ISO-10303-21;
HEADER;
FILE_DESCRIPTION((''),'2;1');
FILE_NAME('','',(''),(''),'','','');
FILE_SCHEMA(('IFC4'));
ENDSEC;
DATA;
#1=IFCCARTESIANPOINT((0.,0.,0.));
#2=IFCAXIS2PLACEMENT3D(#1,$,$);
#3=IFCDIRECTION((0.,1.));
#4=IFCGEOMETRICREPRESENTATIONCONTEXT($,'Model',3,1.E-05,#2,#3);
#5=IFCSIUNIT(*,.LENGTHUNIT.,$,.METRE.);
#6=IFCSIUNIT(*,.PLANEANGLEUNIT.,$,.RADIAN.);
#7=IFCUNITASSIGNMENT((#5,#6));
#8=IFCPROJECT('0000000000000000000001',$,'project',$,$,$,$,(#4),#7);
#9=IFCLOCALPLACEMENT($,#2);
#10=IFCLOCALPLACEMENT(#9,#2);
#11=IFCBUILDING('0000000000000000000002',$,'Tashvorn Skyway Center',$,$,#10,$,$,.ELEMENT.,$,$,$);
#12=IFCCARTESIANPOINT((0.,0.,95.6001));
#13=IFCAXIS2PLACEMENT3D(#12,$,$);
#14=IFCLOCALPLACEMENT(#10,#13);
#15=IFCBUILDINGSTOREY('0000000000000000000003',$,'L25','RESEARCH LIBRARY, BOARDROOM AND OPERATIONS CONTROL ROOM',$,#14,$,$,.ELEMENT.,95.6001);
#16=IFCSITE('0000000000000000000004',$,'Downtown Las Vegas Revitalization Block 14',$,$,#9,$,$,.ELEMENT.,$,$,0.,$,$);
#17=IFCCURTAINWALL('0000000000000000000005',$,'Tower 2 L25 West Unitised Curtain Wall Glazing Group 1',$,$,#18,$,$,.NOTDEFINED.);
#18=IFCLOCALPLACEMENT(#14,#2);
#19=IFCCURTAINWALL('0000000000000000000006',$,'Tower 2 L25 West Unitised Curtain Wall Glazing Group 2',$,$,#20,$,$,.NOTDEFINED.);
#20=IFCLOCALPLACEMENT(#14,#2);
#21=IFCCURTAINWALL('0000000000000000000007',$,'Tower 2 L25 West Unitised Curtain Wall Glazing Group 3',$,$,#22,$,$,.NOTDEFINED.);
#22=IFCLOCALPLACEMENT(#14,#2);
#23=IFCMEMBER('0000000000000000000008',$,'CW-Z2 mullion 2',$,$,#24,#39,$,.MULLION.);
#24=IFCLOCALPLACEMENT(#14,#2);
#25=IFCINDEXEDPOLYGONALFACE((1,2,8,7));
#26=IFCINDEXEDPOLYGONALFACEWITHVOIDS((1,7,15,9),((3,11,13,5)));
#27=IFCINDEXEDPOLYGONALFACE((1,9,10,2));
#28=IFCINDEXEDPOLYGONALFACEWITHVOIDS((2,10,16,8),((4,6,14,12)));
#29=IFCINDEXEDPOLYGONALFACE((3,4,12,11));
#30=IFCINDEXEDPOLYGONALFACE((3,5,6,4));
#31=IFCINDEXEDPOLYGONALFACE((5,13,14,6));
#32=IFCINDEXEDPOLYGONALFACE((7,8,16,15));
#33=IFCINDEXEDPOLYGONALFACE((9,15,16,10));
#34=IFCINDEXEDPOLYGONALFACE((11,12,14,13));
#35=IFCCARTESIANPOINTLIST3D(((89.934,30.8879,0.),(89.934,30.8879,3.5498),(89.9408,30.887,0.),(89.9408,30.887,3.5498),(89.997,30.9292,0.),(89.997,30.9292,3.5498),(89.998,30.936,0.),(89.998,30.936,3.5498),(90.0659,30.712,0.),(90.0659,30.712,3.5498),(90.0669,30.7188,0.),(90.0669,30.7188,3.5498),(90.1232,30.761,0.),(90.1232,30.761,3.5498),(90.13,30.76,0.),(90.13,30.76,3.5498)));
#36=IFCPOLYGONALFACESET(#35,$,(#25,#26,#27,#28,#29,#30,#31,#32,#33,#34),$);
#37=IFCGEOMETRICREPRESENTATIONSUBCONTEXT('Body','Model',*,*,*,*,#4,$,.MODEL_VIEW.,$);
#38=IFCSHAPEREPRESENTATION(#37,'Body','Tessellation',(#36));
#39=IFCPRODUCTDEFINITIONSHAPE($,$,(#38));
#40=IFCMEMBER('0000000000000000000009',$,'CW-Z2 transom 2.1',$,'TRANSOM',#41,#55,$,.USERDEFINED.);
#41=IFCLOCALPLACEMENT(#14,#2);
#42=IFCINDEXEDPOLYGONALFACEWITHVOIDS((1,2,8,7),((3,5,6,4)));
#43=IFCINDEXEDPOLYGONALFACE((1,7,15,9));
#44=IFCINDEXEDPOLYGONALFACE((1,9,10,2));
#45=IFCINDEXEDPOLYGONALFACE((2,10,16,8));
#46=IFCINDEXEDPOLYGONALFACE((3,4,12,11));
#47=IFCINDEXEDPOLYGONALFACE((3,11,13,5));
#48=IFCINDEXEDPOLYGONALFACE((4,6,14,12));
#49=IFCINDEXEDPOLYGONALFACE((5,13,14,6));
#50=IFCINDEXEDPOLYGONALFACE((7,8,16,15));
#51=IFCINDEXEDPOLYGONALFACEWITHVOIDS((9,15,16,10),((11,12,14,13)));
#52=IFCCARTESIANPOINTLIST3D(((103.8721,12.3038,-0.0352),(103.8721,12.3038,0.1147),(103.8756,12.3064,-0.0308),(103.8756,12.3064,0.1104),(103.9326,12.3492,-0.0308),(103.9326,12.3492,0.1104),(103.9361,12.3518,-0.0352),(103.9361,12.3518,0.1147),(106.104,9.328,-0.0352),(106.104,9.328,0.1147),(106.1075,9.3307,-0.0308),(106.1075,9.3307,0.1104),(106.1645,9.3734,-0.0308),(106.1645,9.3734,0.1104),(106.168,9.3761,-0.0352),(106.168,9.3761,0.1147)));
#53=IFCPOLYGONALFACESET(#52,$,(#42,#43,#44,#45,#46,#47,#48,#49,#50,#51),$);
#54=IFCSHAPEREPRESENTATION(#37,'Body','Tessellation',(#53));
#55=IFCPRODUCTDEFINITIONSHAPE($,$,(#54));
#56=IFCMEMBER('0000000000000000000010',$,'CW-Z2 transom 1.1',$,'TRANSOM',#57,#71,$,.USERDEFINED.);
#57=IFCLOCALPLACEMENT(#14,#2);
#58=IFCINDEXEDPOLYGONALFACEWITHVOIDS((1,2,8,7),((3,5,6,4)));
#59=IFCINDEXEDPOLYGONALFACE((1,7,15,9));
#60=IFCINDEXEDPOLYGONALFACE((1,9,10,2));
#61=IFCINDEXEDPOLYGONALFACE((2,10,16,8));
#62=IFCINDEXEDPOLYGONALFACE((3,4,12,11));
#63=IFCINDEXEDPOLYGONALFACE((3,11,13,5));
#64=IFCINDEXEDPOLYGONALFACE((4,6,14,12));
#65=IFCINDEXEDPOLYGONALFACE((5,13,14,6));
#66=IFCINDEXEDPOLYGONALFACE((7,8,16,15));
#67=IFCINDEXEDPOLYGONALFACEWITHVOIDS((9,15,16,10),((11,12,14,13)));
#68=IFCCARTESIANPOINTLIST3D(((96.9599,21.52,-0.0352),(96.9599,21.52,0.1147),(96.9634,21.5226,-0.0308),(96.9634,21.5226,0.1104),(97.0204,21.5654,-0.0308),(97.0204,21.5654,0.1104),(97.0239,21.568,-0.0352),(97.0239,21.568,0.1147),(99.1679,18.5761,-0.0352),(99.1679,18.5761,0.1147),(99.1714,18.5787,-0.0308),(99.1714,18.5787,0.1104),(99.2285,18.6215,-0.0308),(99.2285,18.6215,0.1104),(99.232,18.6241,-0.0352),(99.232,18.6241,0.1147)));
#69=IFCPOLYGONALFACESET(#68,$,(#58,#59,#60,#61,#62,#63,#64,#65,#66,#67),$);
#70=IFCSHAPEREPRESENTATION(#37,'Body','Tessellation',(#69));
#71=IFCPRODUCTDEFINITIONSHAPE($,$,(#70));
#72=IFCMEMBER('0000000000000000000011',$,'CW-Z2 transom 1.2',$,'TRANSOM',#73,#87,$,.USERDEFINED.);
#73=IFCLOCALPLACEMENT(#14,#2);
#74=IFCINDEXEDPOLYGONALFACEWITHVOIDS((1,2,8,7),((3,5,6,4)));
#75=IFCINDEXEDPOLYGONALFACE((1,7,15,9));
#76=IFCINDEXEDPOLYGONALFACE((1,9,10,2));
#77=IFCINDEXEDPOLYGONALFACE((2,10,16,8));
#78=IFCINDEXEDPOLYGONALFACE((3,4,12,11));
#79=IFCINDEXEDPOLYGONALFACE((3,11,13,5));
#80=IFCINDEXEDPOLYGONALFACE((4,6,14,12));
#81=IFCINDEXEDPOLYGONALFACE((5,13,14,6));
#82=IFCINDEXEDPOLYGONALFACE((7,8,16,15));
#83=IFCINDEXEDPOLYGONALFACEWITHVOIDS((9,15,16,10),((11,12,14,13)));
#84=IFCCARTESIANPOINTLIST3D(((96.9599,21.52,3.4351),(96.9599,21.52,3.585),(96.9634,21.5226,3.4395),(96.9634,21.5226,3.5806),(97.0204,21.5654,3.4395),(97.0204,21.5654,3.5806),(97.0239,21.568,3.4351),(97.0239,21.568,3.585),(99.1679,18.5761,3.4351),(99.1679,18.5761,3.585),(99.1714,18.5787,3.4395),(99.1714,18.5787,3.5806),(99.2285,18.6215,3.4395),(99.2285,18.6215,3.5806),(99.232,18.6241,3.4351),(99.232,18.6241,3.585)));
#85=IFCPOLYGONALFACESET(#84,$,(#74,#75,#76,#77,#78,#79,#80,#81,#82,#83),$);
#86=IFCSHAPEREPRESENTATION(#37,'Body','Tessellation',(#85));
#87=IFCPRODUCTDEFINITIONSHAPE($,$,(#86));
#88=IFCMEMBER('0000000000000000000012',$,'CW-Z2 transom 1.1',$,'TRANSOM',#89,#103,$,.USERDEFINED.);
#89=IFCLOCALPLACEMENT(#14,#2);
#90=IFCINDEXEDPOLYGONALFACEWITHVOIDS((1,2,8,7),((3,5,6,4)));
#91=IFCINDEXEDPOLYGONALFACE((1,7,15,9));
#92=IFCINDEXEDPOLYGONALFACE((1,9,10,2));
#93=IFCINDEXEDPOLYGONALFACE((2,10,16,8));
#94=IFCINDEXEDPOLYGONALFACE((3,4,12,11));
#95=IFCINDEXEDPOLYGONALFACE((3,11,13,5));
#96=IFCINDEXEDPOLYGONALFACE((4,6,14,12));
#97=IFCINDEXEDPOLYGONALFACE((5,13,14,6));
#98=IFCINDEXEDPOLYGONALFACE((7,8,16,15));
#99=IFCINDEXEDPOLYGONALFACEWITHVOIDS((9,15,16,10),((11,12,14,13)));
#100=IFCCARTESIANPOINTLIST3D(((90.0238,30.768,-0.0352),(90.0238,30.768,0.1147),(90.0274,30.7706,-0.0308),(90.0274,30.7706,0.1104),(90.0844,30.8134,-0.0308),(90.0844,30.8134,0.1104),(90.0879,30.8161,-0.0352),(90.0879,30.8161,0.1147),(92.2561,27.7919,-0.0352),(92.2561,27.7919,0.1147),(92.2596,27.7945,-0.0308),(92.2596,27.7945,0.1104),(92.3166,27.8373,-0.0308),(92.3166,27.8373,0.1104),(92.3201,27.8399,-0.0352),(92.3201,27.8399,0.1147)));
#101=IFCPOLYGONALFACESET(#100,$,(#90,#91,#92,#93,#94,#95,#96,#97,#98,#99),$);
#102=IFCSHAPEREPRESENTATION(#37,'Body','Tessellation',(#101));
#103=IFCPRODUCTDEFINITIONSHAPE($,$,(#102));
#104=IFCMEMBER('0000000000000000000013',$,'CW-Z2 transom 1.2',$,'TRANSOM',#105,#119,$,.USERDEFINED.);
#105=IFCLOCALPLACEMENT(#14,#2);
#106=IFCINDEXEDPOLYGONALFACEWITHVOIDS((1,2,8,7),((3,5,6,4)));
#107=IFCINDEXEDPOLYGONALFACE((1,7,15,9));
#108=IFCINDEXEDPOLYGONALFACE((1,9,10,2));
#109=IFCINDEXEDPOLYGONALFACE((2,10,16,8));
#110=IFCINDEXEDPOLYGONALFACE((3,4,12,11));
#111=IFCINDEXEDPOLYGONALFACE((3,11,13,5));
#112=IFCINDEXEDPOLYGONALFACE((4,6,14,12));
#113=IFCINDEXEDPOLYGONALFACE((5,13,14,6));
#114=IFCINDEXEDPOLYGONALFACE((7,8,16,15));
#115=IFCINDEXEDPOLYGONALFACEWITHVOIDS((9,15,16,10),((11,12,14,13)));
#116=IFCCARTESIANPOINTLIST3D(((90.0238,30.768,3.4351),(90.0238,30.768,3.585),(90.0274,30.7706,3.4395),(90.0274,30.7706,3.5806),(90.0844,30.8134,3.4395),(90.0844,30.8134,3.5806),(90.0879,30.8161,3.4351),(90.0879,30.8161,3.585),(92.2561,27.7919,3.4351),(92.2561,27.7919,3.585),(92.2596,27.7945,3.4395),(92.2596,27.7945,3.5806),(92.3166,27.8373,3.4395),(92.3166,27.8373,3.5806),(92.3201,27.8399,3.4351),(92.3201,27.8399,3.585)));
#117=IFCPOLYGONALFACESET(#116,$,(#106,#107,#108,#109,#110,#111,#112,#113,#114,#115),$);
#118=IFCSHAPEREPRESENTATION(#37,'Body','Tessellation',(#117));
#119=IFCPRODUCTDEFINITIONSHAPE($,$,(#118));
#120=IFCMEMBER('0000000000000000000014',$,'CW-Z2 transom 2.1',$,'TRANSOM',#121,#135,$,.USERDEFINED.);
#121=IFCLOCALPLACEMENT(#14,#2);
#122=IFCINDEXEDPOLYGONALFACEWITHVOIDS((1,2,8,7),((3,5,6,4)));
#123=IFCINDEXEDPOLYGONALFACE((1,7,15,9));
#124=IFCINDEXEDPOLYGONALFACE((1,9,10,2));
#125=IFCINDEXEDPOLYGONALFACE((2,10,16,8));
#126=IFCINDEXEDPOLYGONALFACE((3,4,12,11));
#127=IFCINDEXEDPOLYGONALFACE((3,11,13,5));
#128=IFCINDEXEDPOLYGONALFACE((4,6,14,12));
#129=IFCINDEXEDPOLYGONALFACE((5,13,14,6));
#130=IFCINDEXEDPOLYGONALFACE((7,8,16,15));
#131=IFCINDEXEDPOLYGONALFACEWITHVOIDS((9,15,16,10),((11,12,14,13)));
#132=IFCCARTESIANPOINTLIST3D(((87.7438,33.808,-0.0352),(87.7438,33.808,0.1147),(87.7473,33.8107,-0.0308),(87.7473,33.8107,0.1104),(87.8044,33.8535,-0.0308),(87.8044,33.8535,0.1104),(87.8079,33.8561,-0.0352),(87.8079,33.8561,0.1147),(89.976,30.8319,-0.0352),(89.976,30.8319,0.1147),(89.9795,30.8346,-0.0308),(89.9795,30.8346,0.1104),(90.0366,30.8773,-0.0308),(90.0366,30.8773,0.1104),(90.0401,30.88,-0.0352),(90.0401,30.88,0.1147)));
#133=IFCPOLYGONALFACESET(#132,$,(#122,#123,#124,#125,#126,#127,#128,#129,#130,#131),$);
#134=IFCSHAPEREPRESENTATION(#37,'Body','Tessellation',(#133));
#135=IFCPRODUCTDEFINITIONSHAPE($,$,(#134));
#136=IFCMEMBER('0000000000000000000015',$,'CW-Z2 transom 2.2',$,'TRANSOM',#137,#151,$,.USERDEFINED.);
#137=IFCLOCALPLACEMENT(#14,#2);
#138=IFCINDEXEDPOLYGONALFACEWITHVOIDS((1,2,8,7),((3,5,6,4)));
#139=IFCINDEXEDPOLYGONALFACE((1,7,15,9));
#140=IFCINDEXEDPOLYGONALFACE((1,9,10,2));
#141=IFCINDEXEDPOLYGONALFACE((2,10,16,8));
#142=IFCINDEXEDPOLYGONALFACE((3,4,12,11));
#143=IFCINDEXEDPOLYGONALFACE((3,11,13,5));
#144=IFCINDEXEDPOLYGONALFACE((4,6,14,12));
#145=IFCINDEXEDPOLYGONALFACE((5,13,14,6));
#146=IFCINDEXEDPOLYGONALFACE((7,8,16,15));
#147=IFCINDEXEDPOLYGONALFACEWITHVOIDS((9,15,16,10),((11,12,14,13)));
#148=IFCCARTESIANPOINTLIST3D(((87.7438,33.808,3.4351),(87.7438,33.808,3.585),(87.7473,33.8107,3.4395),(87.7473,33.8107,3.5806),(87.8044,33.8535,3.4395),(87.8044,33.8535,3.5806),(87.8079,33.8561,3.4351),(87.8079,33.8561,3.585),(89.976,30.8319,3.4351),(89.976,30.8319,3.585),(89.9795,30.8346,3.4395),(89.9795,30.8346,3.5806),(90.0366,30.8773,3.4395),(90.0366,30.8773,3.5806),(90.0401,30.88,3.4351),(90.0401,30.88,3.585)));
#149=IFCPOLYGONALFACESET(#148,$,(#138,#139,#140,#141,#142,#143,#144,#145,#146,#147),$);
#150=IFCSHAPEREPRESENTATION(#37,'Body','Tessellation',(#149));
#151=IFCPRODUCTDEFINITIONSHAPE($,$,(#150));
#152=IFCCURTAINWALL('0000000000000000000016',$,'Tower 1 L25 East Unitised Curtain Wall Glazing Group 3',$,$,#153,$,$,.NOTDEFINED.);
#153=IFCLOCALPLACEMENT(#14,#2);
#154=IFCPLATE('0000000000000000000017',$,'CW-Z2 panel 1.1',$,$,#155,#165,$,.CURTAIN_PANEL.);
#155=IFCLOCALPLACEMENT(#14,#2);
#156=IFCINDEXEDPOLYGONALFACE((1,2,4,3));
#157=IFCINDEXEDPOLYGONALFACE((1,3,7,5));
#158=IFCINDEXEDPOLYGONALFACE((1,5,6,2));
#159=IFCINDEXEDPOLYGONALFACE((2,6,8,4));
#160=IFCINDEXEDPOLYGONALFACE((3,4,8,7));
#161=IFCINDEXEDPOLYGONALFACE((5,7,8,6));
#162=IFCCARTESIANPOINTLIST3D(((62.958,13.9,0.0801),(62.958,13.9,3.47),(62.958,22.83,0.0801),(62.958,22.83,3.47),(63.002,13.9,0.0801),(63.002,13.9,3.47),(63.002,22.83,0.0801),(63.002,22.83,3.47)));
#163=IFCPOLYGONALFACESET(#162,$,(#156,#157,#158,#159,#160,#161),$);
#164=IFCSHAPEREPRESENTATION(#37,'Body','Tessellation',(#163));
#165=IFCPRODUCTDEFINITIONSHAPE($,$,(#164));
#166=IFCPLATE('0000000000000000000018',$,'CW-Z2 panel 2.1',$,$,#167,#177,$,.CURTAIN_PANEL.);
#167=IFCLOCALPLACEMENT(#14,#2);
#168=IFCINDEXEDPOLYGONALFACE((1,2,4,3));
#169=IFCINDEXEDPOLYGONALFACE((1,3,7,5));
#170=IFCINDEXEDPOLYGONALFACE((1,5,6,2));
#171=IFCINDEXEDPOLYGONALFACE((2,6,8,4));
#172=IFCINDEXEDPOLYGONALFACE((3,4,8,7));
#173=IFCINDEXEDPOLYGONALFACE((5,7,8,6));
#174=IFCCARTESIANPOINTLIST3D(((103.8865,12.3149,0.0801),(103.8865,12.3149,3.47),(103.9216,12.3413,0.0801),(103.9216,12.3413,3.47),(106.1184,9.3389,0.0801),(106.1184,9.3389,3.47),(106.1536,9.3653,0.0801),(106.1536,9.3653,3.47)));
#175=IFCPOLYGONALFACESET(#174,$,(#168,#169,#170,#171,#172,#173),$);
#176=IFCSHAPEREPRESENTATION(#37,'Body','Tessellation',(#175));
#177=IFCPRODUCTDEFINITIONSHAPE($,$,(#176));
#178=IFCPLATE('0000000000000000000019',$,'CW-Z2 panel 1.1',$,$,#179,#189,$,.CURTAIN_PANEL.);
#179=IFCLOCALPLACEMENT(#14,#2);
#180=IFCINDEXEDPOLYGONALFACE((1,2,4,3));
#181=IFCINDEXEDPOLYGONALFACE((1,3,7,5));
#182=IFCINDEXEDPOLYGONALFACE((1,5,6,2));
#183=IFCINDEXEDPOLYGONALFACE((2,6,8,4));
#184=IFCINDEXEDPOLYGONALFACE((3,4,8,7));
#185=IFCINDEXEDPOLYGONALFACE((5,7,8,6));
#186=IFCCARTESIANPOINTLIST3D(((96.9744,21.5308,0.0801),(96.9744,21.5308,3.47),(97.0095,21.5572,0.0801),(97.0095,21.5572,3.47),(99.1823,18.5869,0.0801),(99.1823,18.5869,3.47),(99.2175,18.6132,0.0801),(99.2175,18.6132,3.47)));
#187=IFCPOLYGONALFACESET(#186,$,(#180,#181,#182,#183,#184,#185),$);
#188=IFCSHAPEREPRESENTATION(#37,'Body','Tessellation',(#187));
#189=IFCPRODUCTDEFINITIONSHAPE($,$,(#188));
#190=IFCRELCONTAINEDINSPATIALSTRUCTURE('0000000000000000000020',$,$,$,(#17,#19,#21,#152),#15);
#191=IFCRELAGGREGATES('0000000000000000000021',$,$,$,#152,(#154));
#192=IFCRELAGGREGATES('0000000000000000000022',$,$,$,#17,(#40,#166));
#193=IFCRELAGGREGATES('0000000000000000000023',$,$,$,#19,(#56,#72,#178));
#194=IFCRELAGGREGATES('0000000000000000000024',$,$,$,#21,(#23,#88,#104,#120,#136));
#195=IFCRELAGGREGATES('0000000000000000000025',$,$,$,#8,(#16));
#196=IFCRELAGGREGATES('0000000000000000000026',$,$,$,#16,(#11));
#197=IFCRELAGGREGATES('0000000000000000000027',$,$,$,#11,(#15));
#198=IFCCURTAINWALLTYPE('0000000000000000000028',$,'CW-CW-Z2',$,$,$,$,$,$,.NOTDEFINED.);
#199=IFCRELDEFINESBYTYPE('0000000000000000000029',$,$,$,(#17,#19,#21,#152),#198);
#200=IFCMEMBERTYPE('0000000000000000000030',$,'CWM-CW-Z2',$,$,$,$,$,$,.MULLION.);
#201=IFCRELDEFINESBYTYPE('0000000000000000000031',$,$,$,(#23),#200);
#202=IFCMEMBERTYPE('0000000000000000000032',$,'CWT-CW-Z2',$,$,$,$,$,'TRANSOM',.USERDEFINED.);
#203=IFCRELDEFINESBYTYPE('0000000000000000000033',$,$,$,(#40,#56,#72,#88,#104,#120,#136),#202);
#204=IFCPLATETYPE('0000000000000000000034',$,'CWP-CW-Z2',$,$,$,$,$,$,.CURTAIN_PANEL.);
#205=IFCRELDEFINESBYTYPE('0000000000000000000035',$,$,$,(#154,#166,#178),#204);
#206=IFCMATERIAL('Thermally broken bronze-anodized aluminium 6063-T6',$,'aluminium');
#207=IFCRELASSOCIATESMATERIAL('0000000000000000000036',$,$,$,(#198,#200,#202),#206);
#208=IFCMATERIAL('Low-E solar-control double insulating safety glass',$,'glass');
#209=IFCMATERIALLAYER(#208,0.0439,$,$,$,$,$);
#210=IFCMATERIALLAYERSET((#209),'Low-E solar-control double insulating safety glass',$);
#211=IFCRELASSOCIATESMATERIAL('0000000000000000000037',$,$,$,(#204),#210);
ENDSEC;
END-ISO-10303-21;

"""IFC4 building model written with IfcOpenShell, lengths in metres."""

from ifc_helpers import new_model, si_unit, direction, frame, origin, origin_2d, place, context, subcontext, project, spatial, rectangle, hollow_rectangle, extrude, material, layer, layer_set, material_profile, profile_set, type_object, element, aggregate, save


model = new_model("IFC4")

# Units and contexts
model_context = context("Model", 3, precision=1e-05, world=origin(), true_north=direction((0.0, 1.0)))
body_context = subcontext(model_context, "Body", "Model", "MODEL_VIEW")
ifc_project = project(units=[si_unit("LENGTHUNIT", "METRE"), si_unit("PLANEANGLEUNIT", "RADIAN")], contexts=[model_context])

# Site, building, storey
site_placement = place(None, origin())
site = spatial("IfcSite", under=ifc_project, at=site_placement, Name="Downtown Las Vegas Revitalization Block 14", CompositionType="ELEMENT", RefElevation=0.0)
building_placement = place(site_placement, origin())
building = spatial("IfcBuilding", under=site, at=building_placement, Name="Tashvorn Skyway Center", CompositionType="ELEMENT")
storey_placement = place(building_placement, frame((0.0, 0.0, 95.6001)))
storey = spatial("IfcBuildingStorey", under=building, at=storey_placement, Name="L25", Description="RESEARCH LIBRARY, BOARDROOM AND OPERATIONS CONTROL ROOM", CompositionType="ELEMENT", Elevation=95.6001)

# Curtain wall
ifc_material_1 = material(Name="Thermally broken bronze-anodized aluminium 6063-T6", Category="aluminium")
curtain_wall_type = type_object("IfcCurtainWallType", Name="CW-CW-Z2", PredefinedType="NOTDEFINED", material=ifc_material_1)
curtain_wall_1_placement = place(storey_placement, origin())
curtain_wall_1 = element("IfcCurtainWall", 1, at=curtain_wall_1_placement, inside=storey, type_object=curtain_wall_type, Name="Tower 2 L25 West Unitised Curtain Wall Glazing Group 1", PredefinedType="NOTDEFINED")
ifc_material_profile_1 = material_profile(ifc_material_1, hollow_rectangle(XDim=0.0801, YDim=0.22, WallThickness=0.0049, at=origin_2d()), Name="ALU-MULL-80x220")
ifc_profile_set_1 = profile_set([ifc_material_profile_1], Name="Thermally broken bronze-anodized aluminium 6063-T6")
member_type_1 = type_object("IfcMemberType", Name="CWM-CW-Z2", PredefinedType="MULLION", material=ifc_profile_set_1)

# Curtain walls, member
curtain_wall_2_placement = place(storey_placement, origin())
curtain_wall_2 = element("IfcCurtainWall", 2, at=curtain_wall_2_placement, inside=storey, type_object=curtain_wall_type, Name="Tower 2 L25 West Unitised Curtain Wall Glazing Group 2", PredefinedType="NOTDEFINED")
curtain_wall_3_placement = place(storey_placement, origin())
curtain_wall_3 = element("IfcCurtainWall", 3, at=curtain_wall_3_placement, inside=storey, type_object=curtain_wall_type, Name="Tower 2 L25 West Unitised Curtain Wall Glazing Group 3", PredefinedType="NOTDEFINED")
member_1_placement = place(storey_placement, frame((90.032, 30.824, 0.0), z_axis=(0.0, 0.0, 1.0), x_axis=(-0.8, -0.6, 0.0)))
member_1 = element("IfcMember", 4, at=member_1_placement, type_object=member_type_1, Name="CW-Z2 mullion 2", PredefinedType="MULLION", context=body_context, shape_type="SweptSolid", body=[
    extrude(hollow_rectangle(XDim=0.0801, YDim=0.22, WallThickness=0.0049, at=origin_2d()), origin(), (0.0, 0.0, 1.0), 3.5498),
])

# Members
ifc_material_profile_2 = material_profile(ifc_material_1, hollow_rectangle(XDim=0.0801, YDim=0.1499, WallThickness=0.0044, at=origin_2d()), Name="ALU-TRAN-80x150")
ifc_profile_set_2 = profile_set([ifc_material_profile_2], Name="Thermally broken bronze-anodized aluminium 6063-T6")
member_type_2 = type_object("IfcMemberType", Name="CWT-CW-Z2", ElementType="TRANSOM", PredefinedType="USERDEFINED", material=ifc_profile_set_2)
member_2_placement = place(storey_placement, frame((106.136, 9.3521, 0.0398), z_axis=(-0.600011, 0.799992, 0.0), x_axis=(-0.799992, -0.600011, 0.0)))
member_2 = element("IfcMember", 5, at=member_2_placement, type_object=member_type_2, Name="CW-Z2 transom 2.1", ObjectType="TRANSOM", PredefinedType="USERDEFINED", context=body_context, shape_type="SweptSolid", body=[
    extrude(hollow_rectangle(XDim=0.0801, YDim=0.1499, WallThickness=0.0044, at=origin_2d()), origin(), (0.0, 0.0, 1.0), 3.7197),
])
member_3_placement = place(storey_placement, frame((99.2, 18.6001, 0.0398), z_axis=(-0.600021, 0.799984, 0.0), x_axis=(-0.799984, -0.600021, 0.0)))
member_3 = element("IfcMember", 6, at=member_3_placement, type_object=member_type_2, Name="CW-Z2 transom 1.1", ObjectType="TRANSOM", PredefinedType="USERDEFINED", context=body_context, shape_type="SweptSolid", body=[
    extrude(hollow_rectangle(XDim=0.0801, YDim=0.1499, WallThickness=0.0044, at=origin_2d()), origin(), (0.0, 0.0, 1.0), 3.6799),
])
member_4_placement = place(storey_placement, frame((99.2, 18.6001, 3.51), z_axis=(-0.600021, 0.799984, 0.0), x_axis=(-0.799984, -0.600021, 0.0)))
member_4 = element("IfcMember", 7, at=member_4_placement, type_object=member_type_2, Name="CW-Z2 transom 1.2", ObjectType="TRANSOM", PredefinedType="USERDEFINED", context=body_context, shape_type="SweptSolid", body=[
    extrude(hollow_rectangle(XDim=0.0801, YDim=0.1499, WallThickness=0.0044, at=origin_2d()), origin(), (0.0, 0.0, 1.0), 3.6799),
])
member_5_placement = place(storey_placement, frame((92.2881, 27.8159, 0.0398), z_axis=(-0.600021, 0.799984, 0.0), x_axis=(-0.799984, -0.600021, 0.0)))
member_5 = element("IfcMember", 8, at=member_5_placement, type_object=member_type_2, Name="CW-Z2 transom 1.1", ObjectType="TRANSOM", PredefinedType="USERDEFINED", context=body_context, shape_type="SweptSolid", body=[
    extrude(hollow_rectangle(XDim=0.0801, YDim=0.1499, WallThickness=0.0044, at=origin_2d()), origin(), (0.0, 0.0, 1.0), 3.7202),
])
member_6_placement = place(storey_placement, frame((92.2881, 27.8159, 3.51), z_axis=(-0.600021, 0.799984, 0.0), x_axis=(-0.799984, -0.600021, 0.0)))
member_6 = element("IfcMember", 9, at=member_6_placement, type_object=member_type_2, Name="CW-Z2 transom 1.2", ObjectType="TRANSOM", PredefinedType="USERDEFINED", context=body_context, shape_type="SweptSolid", body=[
    extrude(hollow_rectangle(XDim=0.0801, YDim=0.1499, WallThickness=0.0044, at=origin_2d()), origin(), (0.0, 0.0, 1.0), 3.7202),
])
member_7_placement = place(storey_placement, frame((90.0081, 30.856, 0.0398), z_axis=(-0.600021, 0.799984, 0.0), x_axis=(-0.799984, -0.600021, 0.0)))
member_7 = element("IfcMember", 10, at=member_7_placement, type_object=member_type_2, Name="CW-Z2 transom 2.1", ObjectType="TRANSOM", PredefinedType="USERDEFINED", context=body_context, shape_type="SweptSolid", body=[
    extrude(hollow_rectangle(XDim=0.0801, YDim=0.1499, WallThickness=0.0044, at=origin_2d()), origin(), (0.0, 0.0, 1.0), 3.7202),
])
member_8_placement = place(storey_placement, frame((90.0081, 30.856, 3.51), z_axis=(-0.600021, 0.799984, 0.0), x_axis=(-0.799984, -0.600021, 0.0)))
member_8 = element("IfcMember", 11, at=member_8_placement, type_object=member_type_2, Name="CW-Z2 transom 2.2", ObjectType="TRANSOM", PredefinedType="USERDEFINED", context=body_context, shape_type="SweptSolid", body=[
    extrude(hollow_rectangle(XDim=0.0801, YDim=0.1499, WallThickness=0.0044, at=origin_2d()), origin(), (0.0, 0.0, 1.0), 3.7202),
])

# Curtain wall, plate
curtain_wall_4_placement = place(storey_placement, origin())
curtain_wall_4 = element("IfcCurtainWall", 12, at=curtain_wall_4_placement, inside=storey, type_object=curtain_wall_type, Name="Tower 1 L25 East Unitised Curtain Wall Glazing Group 3", PredefinedType="NOTDEFINED")
ifc_material_2 = material(Name="Low-E solar-control double insulating safety glass", Category="glass")
ifc_layer_1 = layer(ifc_material_2, 0.0439)
ifc_layer_set_1 = layer_set([ifc_layer_1], Name="Low-E solar-control double insulating safety glass")
plate_type = type_object("IfcPlateType", Name="CWP-CW-Z2", PredefinedType="CURTAIN_PANEL", material=ifc_layer_set_1)
plate_1_placement = place(storey_placement, frame((62.98, 18.365, 0.0801), z_axis=(0.0, 0.0, 1.0), x_axis=(0.0, -1.0, 0.0)))
plate_1 = element("IfcPlate", 13, at=plate_1_placement, type_object=plate_type, Name="CW-Z2 panel 1.1", PredefinedType="CURTAIN_PANEL", context=body_context, shape_type="SweptSolid", body=[
    extrude(rectangle(XDim=8.9299, YDim=0.0439, at=origin_2d()), origin(), (0.0, 0.0, 1.0), 3.3899),
])
aggregate(curtain_wall_4, [plate_1])

# Plates
plate_2_placement = place(storey_placement, frame((105.02, 10.8401, 0.0801), z_axis=(0.0, 0.0, 1.0), x_axis=(-0.6, 0.8, 0.0)))
plate_2 = element("IfcPlate", 14, at=plate_2_placement, type_object=plate_type, Name="CW-Z2 panel 2.1", PredefinedType="CURTAIN_PANEL", context=body_context, shape_type="SweptSolid", body=[
    extrude(rectangle(XDim=3.72, YDim=0.0439, at=origin_2d()), origin(), (0.0, 0.0, 1.0), 3.3899),
])
aggregate(curtain_wall_1, [member_2, plate_2])
plate_3_placement = place(storey_placement, frame((98.0959, 20.072, 0.0801), z_axis=(0.0, 0.0, 1.0), x_axis=(-0.6, 0.8, 0.0)))
plate_3 = element("IfcPlate", 15, at=plate_3_placement, type_object=plate_type, Name="CW-Z2 panel 1.1", PredefinedType="CURTAIN_PANEL", context=body_context, shape_type="SweptSolid", body=[
    extrude(rectangle(XDim=3.6799, YDim=0.0439, at=origin_2d()), origin(), (0.0, 0.0, 1.0), 3.3899),
])
aggregate(curtain_wall_2, [member_3, member_4, plate_3])
aggregate(curtain_wall_3, [member_1, member_5, member_6, member_7, member_8])

save(model, "model.ifc")
